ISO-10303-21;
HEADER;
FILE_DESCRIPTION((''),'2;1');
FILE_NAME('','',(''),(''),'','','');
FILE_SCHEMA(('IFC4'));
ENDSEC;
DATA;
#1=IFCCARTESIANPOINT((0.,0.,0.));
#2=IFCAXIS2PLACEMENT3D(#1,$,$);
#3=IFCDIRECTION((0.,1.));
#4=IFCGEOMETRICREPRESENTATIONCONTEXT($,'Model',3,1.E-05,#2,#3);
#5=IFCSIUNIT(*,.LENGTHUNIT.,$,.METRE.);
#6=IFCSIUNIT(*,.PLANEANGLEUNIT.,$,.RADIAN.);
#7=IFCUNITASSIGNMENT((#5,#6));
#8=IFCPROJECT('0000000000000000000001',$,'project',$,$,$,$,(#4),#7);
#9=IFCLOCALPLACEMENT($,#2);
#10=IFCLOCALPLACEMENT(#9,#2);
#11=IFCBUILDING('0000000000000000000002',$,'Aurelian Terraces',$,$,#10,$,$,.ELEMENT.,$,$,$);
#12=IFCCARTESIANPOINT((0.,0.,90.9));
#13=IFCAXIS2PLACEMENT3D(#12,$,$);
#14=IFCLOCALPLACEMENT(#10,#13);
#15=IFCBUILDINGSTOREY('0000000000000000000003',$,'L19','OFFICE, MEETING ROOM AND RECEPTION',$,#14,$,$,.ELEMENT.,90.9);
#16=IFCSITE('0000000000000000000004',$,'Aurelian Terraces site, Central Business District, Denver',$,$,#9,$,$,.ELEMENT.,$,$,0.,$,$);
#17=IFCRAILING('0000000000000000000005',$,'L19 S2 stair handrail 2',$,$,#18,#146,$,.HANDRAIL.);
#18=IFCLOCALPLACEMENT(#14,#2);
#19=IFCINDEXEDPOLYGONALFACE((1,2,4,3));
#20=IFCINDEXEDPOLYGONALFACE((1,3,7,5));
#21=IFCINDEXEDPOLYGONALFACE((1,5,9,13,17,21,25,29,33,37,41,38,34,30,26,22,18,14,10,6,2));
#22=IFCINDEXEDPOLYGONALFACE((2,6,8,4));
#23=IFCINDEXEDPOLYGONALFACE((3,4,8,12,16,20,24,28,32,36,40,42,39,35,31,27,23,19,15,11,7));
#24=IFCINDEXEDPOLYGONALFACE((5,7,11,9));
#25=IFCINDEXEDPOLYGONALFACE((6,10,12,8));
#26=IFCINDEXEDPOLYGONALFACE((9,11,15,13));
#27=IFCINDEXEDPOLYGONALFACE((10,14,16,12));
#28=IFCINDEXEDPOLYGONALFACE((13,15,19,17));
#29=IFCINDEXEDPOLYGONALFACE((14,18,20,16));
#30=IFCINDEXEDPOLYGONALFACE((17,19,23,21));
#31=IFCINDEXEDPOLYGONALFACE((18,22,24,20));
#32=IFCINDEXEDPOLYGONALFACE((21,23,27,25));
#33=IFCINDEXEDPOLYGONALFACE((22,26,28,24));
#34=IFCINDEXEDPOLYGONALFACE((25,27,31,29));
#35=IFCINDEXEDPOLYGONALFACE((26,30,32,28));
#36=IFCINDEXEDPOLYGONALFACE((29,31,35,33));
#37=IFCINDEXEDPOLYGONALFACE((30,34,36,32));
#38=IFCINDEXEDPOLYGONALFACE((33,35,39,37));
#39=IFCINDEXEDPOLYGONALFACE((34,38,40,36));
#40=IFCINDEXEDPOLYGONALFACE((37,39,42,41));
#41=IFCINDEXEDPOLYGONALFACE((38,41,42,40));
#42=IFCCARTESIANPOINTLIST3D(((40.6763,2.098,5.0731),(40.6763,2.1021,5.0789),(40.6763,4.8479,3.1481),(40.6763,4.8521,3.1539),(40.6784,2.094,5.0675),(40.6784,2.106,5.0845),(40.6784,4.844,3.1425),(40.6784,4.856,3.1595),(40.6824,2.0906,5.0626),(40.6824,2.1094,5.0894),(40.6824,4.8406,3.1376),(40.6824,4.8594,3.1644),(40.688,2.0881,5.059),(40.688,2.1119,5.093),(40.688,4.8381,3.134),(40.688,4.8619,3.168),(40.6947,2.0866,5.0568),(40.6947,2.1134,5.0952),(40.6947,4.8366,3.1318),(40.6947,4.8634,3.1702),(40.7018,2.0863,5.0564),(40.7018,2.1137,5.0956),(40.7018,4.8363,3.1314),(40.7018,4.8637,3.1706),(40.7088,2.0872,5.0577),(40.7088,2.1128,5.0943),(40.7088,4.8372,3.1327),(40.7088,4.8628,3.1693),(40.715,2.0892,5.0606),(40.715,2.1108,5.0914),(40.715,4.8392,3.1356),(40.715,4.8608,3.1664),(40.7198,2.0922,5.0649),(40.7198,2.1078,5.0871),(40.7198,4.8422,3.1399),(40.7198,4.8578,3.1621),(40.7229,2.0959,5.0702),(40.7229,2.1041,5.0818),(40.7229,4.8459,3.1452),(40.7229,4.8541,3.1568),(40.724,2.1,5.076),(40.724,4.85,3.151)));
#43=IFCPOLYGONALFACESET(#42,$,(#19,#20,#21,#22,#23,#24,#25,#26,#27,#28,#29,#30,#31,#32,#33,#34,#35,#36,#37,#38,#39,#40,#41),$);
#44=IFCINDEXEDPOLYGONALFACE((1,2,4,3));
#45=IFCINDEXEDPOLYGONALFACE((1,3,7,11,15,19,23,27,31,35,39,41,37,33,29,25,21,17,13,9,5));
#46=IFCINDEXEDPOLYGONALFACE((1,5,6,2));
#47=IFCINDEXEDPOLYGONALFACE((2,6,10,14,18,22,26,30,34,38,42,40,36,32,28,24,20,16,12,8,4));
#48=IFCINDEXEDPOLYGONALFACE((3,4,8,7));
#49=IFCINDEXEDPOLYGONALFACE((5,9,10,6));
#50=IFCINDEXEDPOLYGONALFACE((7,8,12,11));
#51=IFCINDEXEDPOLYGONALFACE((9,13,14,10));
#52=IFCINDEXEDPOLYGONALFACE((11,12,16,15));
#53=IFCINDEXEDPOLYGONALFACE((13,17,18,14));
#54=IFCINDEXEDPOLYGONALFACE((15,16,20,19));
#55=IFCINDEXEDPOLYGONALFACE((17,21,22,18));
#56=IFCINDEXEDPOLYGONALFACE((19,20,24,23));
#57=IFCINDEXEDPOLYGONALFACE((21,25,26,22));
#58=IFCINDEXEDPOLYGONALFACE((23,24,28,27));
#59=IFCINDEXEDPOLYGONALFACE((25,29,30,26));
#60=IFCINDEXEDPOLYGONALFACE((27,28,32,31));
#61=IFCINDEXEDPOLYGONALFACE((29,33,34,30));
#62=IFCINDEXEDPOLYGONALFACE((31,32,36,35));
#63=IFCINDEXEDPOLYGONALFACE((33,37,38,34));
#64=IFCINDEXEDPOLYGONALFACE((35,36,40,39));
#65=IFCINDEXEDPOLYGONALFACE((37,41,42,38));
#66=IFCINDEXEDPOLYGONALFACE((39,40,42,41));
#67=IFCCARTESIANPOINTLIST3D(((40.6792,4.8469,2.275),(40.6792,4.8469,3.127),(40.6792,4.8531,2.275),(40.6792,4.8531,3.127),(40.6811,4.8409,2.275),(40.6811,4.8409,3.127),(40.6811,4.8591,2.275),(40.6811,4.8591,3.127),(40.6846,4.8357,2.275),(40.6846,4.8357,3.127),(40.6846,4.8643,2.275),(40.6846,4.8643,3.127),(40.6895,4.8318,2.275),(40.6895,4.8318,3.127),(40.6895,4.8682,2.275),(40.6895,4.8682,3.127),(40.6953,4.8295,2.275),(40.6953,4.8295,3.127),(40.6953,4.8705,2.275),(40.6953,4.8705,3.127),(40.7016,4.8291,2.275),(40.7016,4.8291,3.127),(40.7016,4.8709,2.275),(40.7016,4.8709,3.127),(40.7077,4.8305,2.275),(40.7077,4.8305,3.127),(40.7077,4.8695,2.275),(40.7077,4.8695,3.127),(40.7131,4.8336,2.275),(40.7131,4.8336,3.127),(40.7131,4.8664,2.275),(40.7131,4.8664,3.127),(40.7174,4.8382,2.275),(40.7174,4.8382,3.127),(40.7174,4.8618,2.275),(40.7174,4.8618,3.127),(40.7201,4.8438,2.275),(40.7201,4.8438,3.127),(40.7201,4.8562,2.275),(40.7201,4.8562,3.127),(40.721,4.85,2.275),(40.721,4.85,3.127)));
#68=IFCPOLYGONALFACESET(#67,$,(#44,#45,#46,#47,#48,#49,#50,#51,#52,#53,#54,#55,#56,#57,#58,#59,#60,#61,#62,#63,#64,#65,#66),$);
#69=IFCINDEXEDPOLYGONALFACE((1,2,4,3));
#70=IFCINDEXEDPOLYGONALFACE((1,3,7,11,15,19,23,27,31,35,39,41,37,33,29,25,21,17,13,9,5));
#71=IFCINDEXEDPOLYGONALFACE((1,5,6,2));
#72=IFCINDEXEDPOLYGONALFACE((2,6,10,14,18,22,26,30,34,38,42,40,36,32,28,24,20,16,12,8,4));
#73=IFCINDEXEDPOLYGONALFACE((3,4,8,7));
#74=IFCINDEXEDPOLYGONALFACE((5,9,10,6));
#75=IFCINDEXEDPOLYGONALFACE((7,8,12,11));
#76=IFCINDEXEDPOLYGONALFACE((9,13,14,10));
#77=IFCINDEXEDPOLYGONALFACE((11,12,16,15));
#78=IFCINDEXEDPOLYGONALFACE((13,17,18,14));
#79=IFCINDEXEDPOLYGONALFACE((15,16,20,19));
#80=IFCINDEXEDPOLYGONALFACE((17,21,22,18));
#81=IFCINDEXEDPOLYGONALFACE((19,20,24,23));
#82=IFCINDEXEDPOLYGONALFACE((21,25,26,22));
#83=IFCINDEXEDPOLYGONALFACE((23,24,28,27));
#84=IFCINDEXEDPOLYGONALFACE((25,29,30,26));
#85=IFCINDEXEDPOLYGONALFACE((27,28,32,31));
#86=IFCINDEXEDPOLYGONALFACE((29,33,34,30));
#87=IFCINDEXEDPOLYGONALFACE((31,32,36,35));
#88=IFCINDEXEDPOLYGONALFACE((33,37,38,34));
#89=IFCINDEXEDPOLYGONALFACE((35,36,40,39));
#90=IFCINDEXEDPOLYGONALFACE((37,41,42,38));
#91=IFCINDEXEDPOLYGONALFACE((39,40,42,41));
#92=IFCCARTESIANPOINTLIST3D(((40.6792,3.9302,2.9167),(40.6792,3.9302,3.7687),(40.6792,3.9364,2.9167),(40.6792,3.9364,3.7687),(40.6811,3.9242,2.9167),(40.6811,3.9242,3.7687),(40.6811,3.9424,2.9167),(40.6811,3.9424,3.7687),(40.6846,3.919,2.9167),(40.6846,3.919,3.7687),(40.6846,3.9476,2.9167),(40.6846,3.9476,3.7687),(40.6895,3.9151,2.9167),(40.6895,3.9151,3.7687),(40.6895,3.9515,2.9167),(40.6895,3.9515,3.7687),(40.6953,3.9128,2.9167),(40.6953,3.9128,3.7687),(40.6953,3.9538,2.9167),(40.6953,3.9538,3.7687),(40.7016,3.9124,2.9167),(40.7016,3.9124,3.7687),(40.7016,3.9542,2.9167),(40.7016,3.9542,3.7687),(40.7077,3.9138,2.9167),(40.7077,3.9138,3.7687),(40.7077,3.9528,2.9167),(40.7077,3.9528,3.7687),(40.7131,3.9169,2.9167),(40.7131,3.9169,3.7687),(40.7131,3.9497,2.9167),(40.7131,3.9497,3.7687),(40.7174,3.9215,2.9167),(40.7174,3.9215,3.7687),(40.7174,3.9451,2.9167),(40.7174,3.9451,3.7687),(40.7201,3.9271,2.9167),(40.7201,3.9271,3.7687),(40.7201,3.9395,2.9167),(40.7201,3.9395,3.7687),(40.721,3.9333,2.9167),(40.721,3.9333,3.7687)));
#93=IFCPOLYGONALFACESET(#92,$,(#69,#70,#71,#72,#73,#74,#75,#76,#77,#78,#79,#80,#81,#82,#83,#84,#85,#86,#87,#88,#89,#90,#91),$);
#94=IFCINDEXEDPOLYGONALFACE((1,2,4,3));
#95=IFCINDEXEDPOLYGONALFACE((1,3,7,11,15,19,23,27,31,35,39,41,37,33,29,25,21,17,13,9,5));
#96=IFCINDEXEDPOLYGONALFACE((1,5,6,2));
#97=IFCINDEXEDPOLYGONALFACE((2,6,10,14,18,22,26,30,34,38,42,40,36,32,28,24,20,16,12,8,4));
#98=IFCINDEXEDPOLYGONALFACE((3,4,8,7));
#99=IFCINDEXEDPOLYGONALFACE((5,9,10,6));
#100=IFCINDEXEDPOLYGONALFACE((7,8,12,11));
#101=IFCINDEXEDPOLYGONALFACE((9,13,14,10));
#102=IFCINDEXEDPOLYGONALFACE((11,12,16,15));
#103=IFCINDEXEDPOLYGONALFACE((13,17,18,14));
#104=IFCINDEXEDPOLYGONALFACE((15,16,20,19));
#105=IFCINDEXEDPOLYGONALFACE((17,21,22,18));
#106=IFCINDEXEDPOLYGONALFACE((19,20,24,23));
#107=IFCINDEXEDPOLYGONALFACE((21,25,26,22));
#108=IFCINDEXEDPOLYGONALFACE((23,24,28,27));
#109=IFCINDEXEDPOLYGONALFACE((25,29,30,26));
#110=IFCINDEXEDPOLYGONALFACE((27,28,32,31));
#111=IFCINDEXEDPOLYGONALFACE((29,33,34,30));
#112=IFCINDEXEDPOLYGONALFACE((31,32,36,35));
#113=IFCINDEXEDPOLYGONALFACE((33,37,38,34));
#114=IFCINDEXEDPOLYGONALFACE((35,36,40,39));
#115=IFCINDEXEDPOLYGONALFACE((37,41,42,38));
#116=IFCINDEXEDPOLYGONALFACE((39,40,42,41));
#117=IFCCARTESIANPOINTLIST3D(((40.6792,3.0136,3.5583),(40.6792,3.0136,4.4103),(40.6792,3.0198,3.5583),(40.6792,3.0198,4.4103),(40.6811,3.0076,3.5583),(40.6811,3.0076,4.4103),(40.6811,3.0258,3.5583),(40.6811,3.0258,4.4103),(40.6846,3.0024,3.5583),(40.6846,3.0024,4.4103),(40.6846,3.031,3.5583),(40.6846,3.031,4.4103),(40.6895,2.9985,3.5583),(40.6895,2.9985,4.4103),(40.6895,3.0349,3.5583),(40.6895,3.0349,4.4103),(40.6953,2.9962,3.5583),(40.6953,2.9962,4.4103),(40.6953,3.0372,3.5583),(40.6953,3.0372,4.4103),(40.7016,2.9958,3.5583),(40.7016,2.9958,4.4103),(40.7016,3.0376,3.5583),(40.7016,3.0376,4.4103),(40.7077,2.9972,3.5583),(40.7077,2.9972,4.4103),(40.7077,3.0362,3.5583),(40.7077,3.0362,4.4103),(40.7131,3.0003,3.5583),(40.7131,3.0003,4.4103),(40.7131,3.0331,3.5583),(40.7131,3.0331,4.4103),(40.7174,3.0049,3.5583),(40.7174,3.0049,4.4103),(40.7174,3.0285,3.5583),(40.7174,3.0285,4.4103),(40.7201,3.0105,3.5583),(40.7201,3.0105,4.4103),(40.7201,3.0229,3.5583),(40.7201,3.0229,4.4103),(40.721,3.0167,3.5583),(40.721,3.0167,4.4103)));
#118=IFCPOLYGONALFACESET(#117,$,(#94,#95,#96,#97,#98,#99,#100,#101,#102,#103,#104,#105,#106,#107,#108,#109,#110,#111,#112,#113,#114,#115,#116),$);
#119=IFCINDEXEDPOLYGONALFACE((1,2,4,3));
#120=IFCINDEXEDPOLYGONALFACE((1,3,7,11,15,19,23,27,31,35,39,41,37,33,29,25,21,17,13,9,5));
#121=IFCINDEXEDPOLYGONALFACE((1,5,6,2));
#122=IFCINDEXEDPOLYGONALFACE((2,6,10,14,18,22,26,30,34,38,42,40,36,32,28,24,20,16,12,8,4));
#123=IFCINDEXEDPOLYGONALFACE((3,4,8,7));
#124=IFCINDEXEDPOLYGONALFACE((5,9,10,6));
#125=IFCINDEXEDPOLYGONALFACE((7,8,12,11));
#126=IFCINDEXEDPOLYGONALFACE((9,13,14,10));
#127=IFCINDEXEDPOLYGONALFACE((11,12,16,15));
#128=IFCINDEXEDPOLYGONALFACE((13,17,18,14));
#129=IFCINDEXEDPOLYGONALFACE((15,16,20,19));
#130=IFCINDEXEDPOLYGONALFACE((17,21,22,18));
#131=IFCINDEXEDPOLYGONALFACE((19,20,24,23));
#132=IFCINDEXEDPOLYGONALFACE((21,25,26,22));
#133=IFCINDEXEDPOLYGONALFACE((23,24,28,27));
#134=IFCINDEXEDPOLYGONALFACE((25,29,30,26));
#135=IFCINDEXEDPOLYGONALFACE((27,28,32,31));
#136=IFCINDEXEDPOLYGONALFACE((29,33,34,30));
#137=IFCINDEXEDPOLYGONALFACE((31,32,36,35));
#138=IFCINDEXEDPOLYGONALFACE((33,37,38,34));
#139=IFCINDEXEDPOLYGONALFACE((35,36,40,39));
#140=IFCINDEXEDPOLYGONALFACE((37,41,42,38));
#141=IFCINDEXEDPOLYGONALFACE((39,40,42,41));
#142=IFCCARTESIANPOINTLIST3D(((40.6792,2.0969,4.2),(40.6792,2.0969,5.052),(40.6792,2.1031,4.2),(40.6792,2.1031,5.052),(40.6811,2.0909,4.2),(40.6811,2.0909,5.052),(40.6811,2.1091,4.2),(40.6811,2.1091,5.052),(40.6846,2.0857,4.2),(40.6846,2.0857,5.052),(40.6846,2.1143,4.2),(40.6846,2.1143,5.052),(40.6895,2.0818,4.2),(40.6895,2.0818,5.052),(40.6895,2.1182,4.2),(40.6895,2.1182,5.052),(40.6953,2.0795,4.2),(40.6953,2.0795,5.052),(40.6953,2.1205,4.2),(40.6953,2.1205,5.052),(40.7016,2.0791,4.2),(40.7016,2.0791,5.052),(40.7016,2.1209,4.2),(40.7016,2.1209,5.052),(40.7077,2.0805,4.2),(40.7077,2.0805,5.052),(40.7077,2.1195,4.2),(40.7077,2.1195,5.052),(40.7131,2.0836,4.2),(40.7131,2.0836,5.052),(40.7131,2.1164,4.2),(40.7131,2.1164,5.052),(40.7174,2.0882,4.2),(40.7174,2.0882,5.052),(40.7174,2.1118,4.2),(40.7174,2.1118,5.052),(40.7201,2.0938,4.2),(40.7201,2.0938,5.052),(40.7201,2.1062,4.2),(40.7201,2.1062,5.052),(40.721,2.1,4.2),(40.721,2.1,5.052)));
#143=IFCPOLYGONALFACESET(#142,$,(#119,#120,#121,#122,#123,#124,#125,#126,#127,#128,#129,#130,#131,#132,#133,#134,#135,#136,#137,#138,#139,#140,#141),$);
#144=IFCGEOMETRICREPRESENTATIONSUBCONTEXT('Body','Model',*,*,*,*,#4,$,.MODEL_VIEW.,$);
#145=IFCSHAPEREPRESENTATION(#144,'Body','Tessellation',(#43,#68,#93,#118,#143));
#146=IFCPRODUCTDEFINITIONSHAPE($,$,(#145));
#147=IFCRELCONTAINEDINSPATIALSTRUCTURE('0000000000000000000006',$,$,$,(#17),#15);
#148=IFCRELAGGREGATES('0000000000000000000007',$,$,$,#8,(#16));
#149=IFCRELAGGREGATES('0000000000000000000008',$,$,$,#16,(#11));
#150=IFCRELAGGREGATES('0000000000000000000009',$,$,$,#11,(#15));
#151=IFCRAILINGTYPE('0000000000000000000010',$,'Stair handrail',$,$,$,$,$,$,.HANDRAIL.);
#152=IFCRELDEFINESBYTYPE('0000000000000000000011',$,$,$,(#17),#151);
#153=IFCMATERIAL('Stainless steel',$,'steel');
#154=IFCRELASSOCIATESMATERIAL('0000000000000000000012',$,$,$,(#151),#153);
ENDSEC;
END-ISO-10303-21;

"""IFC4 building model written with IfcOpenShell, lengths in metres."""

from ifc_helpers import new_model, si_unit, direction, frame, origin, origin_2d, place, context, subcontext, project, spatial, circle, extrude, source, transform, mapped, material, type_object, element, save


model = new_model("IFC4")

# Units and contexts
model_context = context("Model", 3, precision=1e-05, world=origin(), true_north=direction((0.0, 1.0)))
body_context = subcontext(model_context, "Body", "Model", "MODEL_VIEW")
ifc_project = project(units=[si_unit("LENGTHUNIT", "METRE"), si_unit("PLANEANGLEUNIT", "RADIAN")], contexts=[model_context])

# Site, building, storey
site_placement = place(None, origin())
site = spatial("IfcSite", under=ifc_project, at=site_placement, Name="Aurelian Terraces site, Central Business District, Denver", CompositionType="ELEMENT", RefElevation=0.0)
building_placement = place(site_placement, origin())
building = spatial("IfcBuilding", under=site, at=building_placement, Name="Aurelian Terraces", CompositionType="ELEMENT")
storey_placement = place(building_placement, frame((0.0, 0.0, 90.9)))
storey = spatial("IfcBuildingStorey", under=building, at=storey_placement, Name="L19", Description="OFFICE, MEETING ROOM AND RECEPTION", CompositionType="ELEMENT", Elevation=90.9)

# Railing
ifc_material_1 = material(Name="Stainless steel", Category="steel")
railing_type_1 = type_object("IfcRailingType", Name="Stair handrail", PredefinedType="HANDRAIL", material=ifc_material_1)
shared_shape_1 = source(origin(), body_context, "Body", "SweptSolid", [
    extrude(circle(Radius=0.024, at=origin_2d()), frame((0.0, 0.0, 0.876), z_axis=(0.0, -0.819232, 0.573462), x_axis=(1.0, 0.0, 0.0)), (0.0, 0.0, 1.0), 3.3568),
    extrude(circle(Radius=0.021, at=origin_2d()), origin(), (0.0, 0.0, 1.0), 0.852),
    extrude(circle(Radius=0.021, at=origin_2d()), frame((0.0, -0.9167, 0.6417)), (0.0, 0.0, 1.0), 0.852),
    extrude(circle(Radius=0.021, at=origin_2d()), frame((0.0, -1.8333, 1.2833)), (0.0, 0.0, 1.0), 0.852),
    extrude(circle(Radius=0.021, at=origin_2d()), frame((0.0, -2.75, 1.925)), (0.0, 0.0, 1.0), 0.852),
])
railing_1_placement = place(storey_placement, frame((40.7, 4.85, 2.275)))
element("IfcRailing", 1, at=railing_1_placement, inside=storey, type_object=railing_type_1, Name="L19 S2 stair handrail 2", PredefinedType="HANDRAIL", context=body_context, shape_type="MappedRepresentation", body=[
    mapped(shared_shape_1, transform((0.0, 0.0, 0.0), scale=1.0)),
])

save(model, "model.ifc")
